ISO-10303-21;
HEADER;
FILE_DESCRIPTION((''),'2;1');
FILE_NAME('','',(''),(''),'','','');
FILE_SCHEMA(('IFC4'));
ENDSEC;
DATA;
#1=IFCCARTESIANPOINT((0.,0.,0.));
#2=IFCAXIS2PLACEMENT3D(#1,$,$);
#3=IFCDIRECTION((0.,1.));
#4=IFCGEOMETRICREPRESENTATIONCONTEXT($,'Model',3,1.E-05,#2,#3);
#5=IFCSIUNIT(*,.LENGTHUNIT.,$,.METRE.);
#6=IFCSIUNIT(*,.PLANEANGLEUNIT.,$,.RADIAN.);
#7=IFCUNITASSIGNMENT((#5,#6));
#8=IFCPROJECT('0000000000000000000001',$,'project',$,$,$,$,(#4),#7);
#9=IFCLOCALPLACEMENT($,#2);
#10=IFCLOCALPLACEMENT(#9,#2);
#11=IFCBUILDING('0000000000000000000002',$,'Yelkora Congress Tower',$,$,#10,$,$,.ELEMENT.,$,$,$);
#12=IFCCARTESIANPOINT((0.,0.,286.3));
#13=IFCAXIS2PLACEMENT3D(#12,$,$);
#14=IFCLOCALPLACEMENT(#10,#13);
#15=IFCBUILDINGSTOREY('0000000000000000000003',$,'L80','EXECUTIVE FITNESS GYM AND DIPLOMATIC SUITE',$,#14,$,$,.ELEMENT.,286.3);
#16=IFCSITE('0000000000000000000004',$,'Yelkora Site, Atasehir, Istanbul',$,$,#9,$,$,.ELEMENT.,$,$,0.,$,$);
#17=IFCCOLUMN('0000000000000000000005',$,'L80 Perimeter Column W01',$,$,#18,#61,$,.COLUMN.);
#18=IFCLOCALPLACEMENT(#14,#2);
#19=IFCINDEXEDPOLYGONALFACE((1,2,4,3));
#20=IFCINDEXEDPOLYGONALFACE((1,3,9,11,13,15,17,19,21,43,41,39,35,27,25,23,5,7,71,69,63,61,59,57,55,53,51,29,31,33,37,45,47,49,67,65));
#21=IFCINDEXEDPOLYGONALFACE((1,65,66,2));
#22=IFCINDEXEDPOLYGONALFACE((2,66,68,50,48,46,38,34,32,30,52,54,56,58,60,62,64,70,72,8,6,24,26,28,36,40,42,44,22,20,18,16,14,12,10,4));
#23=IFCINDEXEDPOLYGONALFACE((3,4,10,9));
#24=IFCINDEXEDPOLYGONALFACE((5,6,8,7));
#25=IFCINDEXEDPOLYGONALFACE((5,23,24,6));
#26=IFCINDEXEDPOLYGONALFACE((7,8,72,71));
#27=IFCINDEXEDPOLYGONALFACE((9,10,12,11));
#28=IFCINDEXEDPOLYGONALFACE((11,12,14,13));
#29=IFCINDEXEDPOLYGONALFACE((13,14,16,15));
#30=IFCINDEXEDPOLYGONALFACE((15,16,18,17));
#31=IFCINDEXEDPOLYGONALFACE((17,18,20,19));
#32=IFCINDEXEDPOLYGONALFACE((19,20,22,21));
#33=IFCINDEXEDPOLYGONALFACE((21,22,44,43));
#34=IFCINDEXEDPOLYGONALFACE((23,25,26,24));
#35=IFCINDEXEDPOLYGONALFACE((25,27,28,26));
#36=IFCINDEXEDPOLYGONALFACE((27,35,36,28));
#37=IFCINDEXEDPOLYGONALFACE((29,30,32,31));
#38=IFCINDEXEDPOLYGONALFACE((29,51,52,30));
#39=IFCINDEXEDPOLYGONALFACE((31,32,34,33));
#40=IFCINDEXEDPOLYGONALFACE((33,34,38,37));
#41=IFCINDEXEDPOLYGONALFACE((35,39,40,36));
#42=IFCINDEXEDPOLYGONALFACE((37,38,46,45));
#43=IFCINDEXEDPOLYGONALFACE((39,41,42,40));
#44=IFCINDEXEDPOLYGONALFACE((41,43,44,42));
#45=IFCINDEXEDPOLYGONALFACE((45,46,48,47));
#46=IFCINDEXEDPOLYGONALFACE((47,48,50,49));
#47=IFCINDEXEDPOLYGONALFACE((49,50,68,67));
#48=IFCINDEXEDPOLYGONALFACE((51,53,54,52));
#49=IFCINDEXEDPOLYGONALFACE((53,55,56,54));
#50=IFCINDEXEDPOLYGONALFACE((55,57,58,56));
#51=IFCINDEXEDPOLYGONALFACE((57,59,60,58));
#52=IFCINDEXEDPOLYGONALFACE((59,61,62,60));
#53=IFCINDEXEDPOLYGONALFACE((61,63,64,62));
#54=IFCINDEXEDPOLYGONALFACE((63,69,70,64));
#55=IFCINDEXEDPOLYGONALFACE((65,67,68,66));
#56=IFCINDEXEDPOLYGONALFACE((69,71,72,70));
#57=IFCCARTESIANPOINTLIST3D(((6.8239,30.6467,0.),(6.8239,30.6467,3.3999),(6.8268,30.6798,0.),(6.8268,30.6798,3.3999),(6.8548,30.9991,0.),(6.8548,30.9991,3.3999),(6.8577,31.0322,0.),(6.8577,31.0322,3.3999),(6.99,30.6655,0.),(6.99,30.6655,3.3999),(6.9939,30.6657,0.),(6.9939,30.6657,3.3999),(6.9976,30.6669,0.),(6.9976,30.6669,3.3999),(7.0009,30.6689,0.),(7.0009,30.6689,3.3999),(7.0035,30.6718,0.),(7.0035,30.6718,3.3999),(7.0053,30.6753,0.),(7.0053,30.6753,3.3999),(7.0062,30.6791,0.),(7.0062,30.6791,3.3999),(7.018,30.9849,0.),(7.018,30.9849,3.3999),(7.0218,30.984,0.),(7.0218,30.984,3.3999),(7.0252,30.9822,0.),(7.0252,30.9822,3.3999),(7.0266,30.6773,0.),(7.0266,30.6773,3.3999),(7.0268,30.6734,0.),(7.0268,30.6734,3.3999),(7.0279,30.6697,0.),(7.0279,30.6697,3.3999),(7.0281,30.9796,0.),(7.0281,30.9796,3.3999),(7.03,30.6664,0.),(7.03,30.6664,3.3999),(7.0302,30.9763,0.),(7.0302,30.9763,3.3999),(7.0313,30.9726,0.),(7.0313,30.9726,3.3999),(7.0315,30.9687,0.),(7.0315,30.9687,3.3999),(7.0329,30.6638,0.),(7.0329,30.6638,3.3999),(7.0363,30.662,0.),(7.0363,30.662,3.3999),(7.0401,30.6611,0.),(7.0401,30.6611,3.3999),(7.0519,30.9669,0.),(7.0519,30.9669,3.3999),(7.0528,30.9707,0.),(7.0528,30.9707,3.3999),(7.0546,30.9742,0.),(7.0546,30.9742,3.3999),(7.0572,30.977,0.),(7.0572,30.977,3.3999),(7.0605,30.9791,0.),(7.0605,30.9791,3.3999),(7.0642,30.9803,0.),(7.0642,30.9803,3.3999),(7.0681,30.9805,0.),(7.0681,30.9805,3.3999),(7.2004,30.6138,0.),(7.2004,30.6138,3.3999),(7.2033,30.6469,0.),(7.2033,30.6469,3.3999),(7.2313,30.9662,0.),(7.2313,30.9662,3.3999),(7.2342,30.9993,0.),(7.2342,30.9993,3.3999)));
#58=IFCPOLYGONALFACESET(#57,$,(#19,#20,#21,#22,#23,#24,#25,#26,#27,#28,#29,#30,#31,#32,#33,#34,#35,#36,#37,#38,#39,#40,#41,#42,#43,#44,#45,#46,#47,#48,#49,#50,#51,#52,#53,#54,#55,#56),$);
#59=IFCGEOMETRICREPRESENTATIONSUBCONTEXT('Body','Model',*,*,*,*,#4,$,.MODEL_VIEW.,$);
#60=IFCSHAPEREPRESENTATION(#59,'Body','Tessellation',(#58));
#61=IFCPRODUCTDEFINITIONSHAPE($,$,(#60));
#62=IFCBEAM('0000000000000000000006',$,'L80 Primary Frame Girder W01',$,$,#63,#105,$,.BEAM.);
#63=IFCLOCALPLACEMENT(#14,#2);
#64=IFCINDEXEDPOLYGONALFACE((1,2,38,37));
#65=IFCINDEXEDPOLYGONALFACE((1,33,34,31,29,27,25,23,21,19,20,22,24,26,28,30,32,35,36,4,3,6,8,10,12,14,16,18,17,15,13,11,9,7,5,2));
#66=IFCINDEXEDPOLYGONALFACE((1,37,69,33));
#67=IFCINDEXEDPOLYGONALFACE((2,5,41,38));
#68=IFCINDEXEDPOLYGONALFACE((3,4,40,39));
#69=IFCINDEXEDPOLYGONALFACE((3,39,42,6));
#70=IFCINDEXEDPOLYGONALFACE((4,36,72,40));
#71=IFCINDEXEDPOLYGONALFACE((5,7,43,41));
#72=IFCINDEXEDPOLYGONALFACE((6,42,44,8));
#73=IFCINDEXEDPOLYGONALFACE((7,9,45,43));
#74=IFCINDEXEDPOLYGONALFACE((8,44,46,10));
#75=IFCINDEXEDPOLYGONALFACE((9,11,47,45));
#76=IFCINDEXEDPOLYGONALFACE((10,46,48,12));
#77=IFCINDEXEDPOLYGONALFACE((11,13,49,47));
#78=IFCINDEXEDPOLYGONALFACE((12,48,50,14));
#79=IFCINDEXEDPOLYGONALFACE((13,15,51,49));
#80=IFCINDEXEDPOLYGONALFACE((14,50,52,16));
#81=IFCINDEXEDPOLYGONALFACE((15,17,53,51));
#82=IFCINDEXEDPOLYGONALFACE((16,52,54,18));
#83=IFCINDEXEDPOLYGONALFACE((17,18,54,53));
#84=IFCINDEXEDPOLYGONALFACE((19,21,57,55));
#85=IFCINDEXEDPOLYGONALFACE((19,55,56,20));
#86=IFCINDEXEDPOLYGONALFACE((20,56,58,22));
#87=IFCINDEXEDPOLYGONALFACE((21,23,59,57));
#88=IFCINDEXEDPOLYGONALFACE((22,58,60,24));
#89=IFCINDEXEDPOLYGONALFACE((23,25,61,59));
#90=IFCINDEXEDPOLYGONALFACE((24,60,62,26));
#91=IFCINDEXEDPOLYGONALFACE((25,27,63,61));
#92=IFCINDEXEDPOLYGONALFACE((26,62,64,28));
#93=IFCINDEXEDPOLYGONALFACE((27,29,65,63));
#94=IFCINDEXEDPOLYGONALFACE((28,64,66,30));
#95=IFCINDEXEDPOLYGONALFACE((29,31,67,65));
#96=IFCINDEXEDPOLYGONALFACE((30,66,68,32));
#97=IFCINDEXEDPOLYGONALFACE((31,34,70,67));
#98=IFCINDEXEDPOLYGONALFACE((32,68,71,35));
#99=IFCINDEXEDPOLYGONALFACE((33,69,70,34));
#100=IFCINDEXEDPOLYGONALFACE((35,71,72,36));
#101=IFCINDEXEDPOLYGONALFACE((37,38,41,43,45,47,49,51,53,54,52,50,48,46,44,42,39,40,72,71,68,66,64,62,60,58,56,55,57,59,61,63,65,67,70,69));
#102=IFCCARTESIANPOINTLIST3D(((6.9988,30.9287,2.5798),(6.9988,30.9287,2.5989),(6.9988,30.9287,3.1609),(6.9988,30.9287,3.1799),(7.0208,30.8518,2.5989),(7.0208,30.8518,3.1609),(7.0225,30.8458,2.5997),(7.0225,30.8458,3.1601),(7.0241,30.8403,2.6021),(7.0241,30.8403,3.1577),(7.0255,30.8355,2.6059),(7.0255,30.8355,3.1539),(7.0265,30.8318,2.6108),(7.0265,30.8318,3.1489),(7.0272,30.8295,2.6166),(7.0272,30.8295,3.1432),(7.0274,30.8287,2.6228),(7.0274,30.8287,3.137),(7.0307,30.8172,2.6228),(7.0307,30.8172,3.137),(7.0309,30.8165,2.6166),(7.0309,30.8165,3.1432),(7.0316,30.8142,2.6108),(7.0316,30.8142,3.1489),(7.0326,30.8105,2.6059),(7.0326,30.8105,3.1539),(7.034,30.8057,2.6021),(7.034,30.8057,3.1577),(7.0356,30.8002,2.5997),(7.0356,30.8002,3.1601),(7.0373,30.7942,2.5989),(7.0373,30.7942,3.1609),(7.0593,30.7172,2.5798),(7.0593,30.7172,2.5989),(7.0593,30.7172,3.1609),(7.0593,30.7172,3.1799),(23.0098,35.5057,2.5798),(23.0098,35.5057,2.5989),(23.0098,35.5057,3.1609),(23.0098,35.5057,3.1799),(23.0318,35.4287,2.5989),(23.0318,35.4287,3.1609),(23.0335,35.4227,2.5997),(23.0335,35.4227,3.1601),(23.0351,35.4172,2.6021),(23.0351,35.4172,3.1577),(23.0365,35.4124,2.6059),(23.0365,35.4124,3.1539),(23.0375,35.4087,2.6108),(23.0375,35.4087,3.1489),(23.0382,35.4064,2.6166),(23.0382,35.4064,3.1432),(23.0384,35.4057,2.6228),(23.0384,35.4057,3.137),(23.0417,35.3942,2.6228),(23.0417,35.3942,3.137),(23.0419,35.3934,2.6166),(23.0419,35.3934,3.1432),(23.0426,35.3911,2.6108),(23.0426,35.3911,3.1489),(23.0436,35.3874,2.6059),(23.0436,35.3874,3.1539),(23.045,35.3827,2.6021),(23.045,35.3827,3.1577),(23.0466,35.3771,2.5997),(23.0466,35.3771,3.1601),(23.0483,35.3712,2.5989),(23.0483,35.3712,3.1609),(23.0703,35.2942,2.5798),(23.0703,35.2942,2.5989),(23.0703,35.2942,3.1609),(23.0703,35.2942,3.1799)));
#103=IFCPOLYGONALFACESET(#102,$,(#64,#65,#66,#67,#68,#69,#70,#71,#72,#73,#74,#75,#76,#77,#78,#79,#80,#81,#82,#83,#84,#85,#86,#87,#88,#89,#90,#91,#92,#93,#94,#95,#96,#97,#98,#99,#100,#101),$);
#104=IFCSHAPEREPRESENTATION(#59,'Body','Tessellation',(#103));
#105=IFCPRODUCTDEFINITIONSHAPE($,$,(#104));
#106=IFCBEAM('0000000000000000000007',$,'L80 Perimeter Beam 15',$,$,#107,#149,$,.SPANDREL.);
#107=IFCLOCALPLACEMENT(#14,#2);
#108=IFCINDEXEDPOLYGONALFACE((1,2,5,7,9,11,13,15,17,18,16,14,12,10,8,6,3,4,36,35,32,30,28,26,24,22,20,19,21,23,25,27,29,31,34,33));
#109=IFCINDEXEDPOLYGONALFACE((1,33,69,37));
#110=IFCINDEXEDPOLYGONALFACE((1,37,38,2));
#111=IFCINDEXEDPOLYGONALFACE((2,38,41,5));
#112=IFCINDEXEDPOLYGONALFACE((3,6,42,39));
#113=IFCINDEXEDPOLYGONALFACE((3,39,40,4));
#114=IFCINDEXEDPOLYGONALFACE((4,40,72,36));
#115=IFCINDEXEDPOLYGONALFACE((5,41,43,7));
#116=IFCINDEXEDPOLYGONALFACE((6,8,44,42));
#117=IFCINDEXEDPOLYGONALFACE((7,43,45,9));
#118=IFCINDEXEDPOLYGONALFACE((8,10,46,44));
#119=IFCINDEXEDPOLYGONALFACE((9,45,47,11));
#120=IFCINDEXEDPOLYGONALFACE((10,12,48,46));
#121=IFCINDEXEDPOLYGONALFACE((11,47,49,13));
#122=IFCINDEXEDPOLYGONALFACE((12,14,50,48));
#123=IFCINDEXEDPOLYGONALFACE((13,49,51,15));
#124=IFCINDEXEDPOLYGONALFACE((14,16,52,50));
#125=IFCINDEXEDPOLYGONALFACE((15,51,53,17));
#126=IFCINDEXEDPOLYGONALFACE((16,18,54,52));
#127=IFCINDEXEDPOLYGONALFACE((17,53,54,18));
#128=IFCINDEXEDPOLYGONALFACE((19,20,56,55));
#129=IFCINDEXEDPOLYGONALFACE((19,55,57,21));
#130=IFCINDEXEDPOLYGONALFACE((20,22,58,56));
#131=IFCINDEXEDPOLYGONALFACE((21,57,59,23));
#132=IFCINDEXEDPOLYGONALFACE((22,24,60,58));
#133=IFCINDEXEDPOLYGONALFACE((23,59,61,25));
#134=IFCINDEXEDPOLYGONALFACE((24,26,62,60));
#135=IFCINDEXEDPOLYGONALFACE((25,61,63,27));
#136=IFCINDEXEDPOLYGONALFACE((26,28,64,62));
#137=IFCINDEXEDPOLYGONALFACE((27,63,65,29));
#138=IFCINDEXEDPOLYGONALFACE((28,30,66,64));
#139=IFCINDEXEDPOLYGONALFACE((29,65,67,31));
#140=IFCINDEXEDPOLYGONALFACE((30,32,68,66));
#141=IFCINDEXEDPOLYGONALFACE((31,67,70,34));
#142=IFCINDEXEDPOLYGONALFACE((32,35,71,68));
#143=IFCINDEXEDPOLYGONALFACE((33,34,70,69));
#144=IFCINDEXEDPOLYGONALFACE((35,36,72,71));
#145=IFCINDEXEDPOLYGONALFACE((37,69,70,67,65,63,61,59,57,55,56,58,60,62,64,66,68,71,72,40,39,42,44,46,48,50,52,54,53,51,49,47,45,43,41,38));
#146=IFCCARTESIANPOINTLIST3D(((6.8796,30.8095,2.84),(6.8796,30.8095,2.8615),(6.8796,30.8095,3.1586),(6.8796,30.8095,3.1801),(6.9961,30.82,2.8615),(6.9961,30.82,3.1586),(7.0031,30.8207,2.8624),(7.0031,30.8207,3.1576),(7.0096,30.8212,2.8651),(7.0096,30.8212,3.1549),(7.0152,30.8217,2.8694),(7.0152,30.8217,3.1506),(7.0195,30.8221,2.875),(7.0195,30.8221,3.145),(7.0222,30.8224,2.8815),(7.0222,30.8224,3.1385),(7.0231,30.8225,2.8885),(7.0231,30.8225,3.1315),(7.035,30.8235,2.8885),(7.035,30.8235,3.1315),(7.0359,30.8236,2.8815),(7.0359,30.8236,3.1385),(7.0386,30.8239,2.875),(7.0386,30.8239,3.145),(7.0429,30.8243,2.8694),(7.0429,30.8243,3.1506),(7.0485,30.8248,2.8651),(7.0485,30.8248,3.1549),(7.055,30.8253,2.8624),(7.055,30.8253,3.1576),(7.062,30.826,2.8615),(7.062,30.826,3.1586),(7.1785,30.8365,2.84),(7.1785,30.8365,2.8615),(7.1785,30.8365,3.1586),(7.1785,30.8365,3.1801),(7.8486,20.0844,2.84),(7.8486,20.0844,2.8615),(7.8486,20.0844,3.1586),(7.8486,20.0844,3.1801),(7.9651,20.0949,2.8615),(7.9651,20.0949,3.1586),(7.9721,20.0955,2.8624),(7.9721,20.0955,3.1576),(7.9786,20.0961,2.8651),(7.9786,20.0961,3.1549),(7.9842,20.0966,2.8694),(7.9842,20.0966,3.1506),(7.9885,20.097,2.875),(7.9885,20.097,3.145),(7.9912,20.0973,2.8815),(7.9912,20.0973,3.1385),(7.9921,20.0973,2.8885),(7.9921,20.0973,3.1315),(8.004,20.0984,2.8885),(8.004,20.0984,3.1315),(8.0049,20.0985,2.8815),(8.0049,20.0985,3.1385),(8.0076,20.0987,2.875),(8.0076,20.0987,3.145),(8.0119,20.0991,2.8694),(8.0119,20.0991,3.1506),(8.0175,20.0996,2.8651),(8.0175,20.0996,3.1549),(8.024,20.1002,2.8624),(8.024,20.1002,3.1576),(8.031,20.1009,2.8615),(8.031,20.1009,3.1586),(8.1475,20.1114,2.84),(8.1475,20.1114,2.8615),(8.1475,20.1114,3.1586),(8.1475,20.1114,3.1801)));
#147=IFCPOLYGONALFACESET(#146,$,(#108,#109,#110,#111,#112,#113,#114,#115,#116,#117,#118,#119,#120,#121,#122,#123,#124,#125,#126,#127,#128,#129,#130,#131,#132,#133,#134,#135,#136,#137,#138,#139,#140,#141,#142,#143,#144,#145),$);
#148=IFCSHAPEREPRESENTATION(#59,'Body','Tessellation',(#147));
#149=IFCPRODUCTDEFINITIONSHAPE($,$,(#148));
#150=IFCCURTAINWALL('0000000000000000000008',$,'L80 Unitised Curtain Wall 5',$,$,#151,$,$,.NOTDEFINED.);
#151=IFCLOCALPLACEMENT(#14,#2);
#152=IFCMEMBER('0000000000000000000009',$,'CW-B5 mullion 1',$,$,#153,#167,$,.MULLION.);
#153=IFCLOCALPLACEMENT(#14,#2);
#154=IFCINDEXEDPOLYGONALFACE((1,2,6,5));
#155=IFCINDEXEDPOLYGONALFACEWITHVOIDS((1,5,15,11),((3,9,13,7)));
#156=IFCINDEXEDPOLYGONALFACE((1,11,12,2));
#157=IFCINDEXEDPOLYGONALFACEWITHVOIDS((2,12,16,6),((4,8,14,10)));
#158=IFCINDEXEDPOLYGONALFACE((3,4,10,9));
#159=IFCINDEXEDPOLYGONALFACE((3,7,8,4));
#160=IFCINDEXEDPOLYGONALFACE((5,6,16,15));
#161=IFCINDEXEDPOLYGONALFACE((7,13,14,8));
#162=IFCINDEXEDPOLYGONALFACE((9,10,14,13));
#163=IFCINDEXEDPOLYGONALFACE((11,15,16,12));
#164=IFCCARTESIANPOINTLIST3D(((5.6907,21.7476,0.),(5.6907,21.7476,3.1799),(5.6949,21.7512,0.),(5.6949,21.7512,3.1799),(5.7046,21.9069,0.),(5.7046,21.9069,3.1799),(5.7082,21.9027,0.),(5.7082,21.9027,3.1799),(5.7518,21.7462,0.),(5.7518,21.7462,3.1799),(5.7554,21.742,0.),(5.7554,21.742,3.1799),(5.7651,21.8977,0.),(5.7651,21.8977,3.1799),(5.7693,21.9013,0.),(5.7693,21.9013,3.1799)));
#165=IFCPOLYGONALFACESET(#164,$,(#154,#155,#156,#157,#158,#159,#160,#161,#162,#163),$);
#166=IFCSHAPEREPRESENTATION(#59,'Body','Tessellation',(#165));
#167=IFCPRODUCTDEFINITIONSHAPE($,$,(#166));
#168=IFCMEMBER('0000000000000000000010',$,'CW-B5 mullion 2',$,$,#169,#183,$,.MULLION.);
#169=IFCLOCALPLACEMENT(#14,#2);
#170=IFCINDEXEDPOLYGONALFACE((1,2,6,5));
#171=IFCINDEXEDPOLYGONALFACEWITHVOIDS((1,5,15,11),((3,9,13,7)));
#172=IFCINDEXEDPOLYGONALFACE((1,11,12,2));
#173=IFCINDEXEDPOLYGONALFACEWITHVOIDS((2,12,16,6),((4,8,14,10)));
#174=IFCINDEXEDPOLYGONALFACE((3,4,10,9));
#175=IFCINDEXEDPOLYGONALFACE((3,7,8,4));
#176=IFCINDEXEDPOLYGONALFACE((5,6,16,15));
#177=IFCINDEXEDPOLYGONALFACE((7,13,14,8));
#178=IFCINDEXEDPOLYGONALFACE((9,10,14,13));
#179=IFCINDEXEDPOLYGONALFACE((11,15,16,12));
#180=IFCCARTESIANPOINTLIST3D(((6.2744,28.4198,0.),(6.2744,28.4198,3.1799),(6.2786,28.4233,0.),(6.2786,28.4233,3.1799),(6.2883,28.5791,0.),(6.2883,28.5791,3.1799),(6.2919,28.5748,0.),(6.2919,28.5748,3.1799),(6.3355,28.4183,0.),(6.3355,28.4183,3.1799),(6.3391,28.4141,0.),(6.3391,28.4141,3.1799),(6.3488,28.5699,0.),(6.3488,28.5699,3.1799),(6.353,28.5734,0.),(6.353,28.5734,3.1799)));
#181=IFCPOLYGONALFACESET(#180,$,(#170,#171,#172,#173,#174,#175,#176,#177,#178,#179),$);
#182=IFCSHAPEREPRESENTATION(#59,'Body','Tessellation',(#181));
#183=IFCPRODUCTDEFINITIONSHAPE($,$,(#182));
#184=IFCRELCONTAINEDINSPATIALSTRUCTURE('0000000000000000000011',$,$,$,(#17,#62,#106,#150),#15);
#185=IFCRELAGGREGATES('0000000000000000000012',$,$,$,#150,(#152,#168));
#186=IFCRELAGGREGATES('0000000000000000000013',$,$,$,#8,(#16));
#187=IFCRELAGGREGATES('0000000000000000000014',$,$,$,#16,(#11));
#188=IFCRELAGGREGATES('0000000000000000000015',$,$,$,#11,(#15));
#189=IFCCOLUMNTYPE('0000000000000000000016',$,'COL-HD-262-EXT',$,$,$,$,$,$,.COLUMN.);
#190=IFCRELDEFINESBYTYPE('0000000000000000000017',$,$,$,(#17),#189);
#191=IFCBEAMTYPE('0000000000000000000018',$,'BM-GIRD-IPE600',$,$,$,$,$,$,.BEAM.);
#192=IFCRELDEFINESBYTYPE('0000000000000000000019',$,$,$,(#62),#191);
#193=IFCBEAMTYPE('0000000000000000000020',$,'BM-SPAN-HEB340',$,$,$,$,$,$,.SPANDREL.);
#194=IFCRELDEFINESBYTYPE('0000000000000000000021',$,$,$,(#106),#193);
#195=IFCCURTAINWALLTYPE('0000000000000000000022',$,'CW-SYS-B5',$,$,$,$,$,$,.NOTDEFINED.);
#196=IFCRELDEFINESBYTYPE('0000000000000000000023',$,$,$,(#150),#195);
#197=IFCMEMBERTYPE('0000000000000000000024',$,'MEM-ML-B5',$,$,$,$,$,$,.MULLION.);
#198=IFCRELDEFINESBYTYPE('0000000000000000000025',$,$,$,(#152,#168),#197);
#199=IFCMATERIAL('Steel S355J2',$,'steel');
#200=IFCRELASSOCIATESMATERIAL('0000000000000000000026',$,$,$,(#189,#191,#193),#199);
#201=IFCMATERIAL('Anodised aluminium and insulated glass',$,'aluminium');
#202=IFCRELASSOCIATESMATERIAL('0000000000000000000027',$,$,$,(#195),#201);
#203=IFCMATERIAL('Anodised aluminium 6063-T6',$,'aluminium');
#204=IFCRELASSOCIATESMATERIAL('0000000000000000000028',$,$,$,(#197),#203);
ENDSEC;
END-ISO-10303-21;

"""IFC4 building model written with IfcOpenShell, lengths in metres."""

from ifc_helpers import new_model, si_unit, direction, frame, origin, origin_2d, place, context, subcontext, project, spatial, hollow_rectangle, i_section, extrude, material, material_profile, profile_set, type_object, element, aggregate, save


model = new_model("IFC4")

# Units and contexts
model_context = context("Model", 3, precision=1e-05, world=origin(), true_north=direction((0.0, 1.0)))
body_context = subcontext(model_context, "Body", "Model", "MODEL_VIEW")
ifc_project = project(units=[si_unit("LENGTHUNIT", "METRE"), si_unit("PLANEANGLEUNIT", "RADIAN")], contexts=[model_context])

# Site, building, storey
site_placement = place(None, origin())
site = spatial("IfcSite", under=ifc_project, at=site_placement, Name="Yelkora Site, Atasehir, Istanbul", CompositionType="ELEMENT", RefElevation=0.0)
building_placement = place(site_placement, origin())
building = spatial("IfcBuilding", under=site, at=building_placement, Name="Yelkora Congress Tower", CompositionType="ELEMENT")
storey_placement = place(building_placement, frame((0.0, 0.0, 286.3)))
storey = spatial("IfcBuildingStorey", under=building, at=storey_placement, Name="L80", Description="EXECUTIVE FITNESS GYM AND DIPLOMATIC SUITE", CompositionType="ELEMENT", Elevation=286.3)

# Column
ifc_material_1 = material(Name="Steel S355J2", Category="steel")
ifc_material_profile_1 = material_profile(ifc_material_1, i_section(OverallWidth=0.3779, OverallDepth=0.387, WebThickness=0.0205, FlangeThickness=0.0332, FilletRadius=0.0149, at=origin_2d()), Name="HD 360x262")
ifc_profile_set_1 = profile_set([ifc_material_profile_1], Name="Steel S355J2")
column_type = type_object("IfcColumnType", Name="COL-HD-262-EXT", PredefinedType="COLUMN", material=ifc_profile_set_1)
column_placement = place(storey_placement, frame((7.0291, 30.823, 0.0), z_axis=(0.0, 0.0, 1.0), x_axis=(0.996195, -0.087156, 0.0)))
element("IfcColumn", 1, at=column_placement, inside=storey, type_object=column_type, Name="L80 Perimeter Column W01", PredefinedType="COLUMN", context=body_context, shape_type="SweptSolid", body=[
    extrude(i_section(OverallWidth=0.3779, OverallDepth=0.387, WebThickness=0.0205, FlangeThickness=0.0332, FilletRadius=0.0149, at=origin_2d()), origin(), (0.0, 0.0, 1.0), 3.3999),
])

# Beams
ifc_material_profile_2 = material_profile(ifc_material_1, i_section(OverallWidth=0.22, OverallDepth=0.6001, WebThickness=0.012, FlangeThickness=0.019, FilletRadius=0.0239, at=origin_2d()), Name="IPE 600")
ifc_profile_set_2 = profile_set([ifc_material_profile_2], Name="Steel S355J2")
beam_type_1 = type_object("IfcBeamType", Name="BM-GIRD-IPE600", PredefinedType="BEAM", material=ifc_profile_set_2)
beam_1_placement = place(storey_placement, frame((7.0291, 30.823, 2.8799), z_axis=(0.961487, 0.274851, 0.0), x_axis=(-0.274851, 0.961487, 0.0)))
element("IfcBeam", 2, at=beam_1_placement, inside=storey, type_object=beam_type_1, Name="L80 Primary Frame Girder W01", PredefinedType="BEAM", context=body_context, shape_type="SweptSolid", body=[
    extrude(i_section(OverallWidth=0.22, OverallDepth=0.6001, WebThickness=0.012, FlangeThickness=0.019, FilletRadius=0.0239, at=origin_2d()), origin(), (0.0, 0.0, 1.0), 16.6523),
])
ifc_material_profile_3 = material_profile(ifc_material_1, i_section(OverallWidth=0.3, OverallDepth=0.3401, WebThickness=0.012, FlangeThickness=0.0215, FilletRadius=0.0271, at=origin_2d()), Name="HEB 340")
ifc_profile_set_3 = profile_set([ifc_material_profile_3], Name="Steel S355J2")
beam_type_2 = type_object("IfcBeamType", Name="BM-SPAN-HEB340", PredefinedType="SPANDREL", material=ifc_profile_set_3)
beam_2_placement = place(storey_placement, frame((7.0291, 30.823, 3.01), z_axis=(0.089982, -0.995943, 0.0), x_axis=(0.995943, 0.089982, 0.0)))
element("IfcBeam", 3, at=beam_2_placement, inside=storey, type_object=beam_type_2, Name="L80 Perimeter Beam 15", PredefinedType="SPANDREL", context=body_context, shape_type="SweptSolid", body=[
    extrude(i_section(OverallWidth=0.3, OverallDepth=0.3401, WebThickness=0.012, FlangeThickness=0.0215, FilletRadius=0.0271, at=origin_2d()), origin(), (0.0, 0.0, 1.0), 10.7688),
])

# Curtain wall, members
ifc_material_2 = material(Name="Anodised aluminium and insulated glass", Category="aluminium")
curtain_wall_type = type_object("IfcCurtainWallType", Name="CW-SYS-B5", PredefinedType="NOTDEFINED", material=ifc_material_2)
curtain_wall_placement = place(storey_placement, origin())
curtain_wall = element("IfcCurtainWall", 4, at=curtain_wall_placement, inside=storey, type_object=curtain_wall_type, Name="L80 Unitised Curtain Wall 5", PredefinedType="NOTDEFINED")
ifc_material_3 = material(Name="Anodised aluminium 6063-T6", Category="aluminium")
ifc_material_profile_4 = material_profile(ifc_material_3, hollow_rectangle(XDim=0.0649, YDim=0.1599, WallThickness=0.0039, at=origin_2d()), Name="ALU 65x160x4")
ifc_profile_set_4 = profile_set([ifc_material_profile_4], Name="Anodised aluminium 6063-T6")
member_type_1 = type_object("IfcMemberType", Name="MEM-ML-B5", PredefinedType="MULLION", material=ifc_profile_set_4)
member_1_placement = place(storey_placement, frame((5.73, 21.8245, 0.0), z_axis=(0.0, 0.0, 1.0), x_axis=(-0.996195, 0.087155, 0.0)))
member_1 = element("IfcMember", 5, at=member_1_placement, type_object=member_type_1, Name="CW-B5 mullion 1", PredefinedType="MULLION", context=body_context, shape_type="SweptSolid", body=[
    extrude(hollow_rectangle(XDim=0.0649, YDim=0.1599, WallThickness=0.0039, at=origin_2d()), origin(), (0.0, 0.0, 1.0), 3.1799),
])
member_2_placement = place(storey_placement, frame((6.3137, 28.4966, 0.0), z_axis=(0.0, 0.0, 1.0), x_axis=(-0.996195, 0.087155, 0.0)))
member_2 = element("IfcMember", 6, at=member_2_placement, type_object=member_type_1, Name="CW-B5 mullion 2", PredefinedType="MULLION", context=body_context, shape_type="SweptSolid", body=[
    extrude(hollow_rectangle(XDim=0.0649, YDim=0.1599, WallThickness=0.0039, at=origin_2d()), origin(), (0.0, 0.0, 1.0), 3.1799),
])
aggregate(curtain_wall, [member_1, member_2])

save(model, "model.ifc")
